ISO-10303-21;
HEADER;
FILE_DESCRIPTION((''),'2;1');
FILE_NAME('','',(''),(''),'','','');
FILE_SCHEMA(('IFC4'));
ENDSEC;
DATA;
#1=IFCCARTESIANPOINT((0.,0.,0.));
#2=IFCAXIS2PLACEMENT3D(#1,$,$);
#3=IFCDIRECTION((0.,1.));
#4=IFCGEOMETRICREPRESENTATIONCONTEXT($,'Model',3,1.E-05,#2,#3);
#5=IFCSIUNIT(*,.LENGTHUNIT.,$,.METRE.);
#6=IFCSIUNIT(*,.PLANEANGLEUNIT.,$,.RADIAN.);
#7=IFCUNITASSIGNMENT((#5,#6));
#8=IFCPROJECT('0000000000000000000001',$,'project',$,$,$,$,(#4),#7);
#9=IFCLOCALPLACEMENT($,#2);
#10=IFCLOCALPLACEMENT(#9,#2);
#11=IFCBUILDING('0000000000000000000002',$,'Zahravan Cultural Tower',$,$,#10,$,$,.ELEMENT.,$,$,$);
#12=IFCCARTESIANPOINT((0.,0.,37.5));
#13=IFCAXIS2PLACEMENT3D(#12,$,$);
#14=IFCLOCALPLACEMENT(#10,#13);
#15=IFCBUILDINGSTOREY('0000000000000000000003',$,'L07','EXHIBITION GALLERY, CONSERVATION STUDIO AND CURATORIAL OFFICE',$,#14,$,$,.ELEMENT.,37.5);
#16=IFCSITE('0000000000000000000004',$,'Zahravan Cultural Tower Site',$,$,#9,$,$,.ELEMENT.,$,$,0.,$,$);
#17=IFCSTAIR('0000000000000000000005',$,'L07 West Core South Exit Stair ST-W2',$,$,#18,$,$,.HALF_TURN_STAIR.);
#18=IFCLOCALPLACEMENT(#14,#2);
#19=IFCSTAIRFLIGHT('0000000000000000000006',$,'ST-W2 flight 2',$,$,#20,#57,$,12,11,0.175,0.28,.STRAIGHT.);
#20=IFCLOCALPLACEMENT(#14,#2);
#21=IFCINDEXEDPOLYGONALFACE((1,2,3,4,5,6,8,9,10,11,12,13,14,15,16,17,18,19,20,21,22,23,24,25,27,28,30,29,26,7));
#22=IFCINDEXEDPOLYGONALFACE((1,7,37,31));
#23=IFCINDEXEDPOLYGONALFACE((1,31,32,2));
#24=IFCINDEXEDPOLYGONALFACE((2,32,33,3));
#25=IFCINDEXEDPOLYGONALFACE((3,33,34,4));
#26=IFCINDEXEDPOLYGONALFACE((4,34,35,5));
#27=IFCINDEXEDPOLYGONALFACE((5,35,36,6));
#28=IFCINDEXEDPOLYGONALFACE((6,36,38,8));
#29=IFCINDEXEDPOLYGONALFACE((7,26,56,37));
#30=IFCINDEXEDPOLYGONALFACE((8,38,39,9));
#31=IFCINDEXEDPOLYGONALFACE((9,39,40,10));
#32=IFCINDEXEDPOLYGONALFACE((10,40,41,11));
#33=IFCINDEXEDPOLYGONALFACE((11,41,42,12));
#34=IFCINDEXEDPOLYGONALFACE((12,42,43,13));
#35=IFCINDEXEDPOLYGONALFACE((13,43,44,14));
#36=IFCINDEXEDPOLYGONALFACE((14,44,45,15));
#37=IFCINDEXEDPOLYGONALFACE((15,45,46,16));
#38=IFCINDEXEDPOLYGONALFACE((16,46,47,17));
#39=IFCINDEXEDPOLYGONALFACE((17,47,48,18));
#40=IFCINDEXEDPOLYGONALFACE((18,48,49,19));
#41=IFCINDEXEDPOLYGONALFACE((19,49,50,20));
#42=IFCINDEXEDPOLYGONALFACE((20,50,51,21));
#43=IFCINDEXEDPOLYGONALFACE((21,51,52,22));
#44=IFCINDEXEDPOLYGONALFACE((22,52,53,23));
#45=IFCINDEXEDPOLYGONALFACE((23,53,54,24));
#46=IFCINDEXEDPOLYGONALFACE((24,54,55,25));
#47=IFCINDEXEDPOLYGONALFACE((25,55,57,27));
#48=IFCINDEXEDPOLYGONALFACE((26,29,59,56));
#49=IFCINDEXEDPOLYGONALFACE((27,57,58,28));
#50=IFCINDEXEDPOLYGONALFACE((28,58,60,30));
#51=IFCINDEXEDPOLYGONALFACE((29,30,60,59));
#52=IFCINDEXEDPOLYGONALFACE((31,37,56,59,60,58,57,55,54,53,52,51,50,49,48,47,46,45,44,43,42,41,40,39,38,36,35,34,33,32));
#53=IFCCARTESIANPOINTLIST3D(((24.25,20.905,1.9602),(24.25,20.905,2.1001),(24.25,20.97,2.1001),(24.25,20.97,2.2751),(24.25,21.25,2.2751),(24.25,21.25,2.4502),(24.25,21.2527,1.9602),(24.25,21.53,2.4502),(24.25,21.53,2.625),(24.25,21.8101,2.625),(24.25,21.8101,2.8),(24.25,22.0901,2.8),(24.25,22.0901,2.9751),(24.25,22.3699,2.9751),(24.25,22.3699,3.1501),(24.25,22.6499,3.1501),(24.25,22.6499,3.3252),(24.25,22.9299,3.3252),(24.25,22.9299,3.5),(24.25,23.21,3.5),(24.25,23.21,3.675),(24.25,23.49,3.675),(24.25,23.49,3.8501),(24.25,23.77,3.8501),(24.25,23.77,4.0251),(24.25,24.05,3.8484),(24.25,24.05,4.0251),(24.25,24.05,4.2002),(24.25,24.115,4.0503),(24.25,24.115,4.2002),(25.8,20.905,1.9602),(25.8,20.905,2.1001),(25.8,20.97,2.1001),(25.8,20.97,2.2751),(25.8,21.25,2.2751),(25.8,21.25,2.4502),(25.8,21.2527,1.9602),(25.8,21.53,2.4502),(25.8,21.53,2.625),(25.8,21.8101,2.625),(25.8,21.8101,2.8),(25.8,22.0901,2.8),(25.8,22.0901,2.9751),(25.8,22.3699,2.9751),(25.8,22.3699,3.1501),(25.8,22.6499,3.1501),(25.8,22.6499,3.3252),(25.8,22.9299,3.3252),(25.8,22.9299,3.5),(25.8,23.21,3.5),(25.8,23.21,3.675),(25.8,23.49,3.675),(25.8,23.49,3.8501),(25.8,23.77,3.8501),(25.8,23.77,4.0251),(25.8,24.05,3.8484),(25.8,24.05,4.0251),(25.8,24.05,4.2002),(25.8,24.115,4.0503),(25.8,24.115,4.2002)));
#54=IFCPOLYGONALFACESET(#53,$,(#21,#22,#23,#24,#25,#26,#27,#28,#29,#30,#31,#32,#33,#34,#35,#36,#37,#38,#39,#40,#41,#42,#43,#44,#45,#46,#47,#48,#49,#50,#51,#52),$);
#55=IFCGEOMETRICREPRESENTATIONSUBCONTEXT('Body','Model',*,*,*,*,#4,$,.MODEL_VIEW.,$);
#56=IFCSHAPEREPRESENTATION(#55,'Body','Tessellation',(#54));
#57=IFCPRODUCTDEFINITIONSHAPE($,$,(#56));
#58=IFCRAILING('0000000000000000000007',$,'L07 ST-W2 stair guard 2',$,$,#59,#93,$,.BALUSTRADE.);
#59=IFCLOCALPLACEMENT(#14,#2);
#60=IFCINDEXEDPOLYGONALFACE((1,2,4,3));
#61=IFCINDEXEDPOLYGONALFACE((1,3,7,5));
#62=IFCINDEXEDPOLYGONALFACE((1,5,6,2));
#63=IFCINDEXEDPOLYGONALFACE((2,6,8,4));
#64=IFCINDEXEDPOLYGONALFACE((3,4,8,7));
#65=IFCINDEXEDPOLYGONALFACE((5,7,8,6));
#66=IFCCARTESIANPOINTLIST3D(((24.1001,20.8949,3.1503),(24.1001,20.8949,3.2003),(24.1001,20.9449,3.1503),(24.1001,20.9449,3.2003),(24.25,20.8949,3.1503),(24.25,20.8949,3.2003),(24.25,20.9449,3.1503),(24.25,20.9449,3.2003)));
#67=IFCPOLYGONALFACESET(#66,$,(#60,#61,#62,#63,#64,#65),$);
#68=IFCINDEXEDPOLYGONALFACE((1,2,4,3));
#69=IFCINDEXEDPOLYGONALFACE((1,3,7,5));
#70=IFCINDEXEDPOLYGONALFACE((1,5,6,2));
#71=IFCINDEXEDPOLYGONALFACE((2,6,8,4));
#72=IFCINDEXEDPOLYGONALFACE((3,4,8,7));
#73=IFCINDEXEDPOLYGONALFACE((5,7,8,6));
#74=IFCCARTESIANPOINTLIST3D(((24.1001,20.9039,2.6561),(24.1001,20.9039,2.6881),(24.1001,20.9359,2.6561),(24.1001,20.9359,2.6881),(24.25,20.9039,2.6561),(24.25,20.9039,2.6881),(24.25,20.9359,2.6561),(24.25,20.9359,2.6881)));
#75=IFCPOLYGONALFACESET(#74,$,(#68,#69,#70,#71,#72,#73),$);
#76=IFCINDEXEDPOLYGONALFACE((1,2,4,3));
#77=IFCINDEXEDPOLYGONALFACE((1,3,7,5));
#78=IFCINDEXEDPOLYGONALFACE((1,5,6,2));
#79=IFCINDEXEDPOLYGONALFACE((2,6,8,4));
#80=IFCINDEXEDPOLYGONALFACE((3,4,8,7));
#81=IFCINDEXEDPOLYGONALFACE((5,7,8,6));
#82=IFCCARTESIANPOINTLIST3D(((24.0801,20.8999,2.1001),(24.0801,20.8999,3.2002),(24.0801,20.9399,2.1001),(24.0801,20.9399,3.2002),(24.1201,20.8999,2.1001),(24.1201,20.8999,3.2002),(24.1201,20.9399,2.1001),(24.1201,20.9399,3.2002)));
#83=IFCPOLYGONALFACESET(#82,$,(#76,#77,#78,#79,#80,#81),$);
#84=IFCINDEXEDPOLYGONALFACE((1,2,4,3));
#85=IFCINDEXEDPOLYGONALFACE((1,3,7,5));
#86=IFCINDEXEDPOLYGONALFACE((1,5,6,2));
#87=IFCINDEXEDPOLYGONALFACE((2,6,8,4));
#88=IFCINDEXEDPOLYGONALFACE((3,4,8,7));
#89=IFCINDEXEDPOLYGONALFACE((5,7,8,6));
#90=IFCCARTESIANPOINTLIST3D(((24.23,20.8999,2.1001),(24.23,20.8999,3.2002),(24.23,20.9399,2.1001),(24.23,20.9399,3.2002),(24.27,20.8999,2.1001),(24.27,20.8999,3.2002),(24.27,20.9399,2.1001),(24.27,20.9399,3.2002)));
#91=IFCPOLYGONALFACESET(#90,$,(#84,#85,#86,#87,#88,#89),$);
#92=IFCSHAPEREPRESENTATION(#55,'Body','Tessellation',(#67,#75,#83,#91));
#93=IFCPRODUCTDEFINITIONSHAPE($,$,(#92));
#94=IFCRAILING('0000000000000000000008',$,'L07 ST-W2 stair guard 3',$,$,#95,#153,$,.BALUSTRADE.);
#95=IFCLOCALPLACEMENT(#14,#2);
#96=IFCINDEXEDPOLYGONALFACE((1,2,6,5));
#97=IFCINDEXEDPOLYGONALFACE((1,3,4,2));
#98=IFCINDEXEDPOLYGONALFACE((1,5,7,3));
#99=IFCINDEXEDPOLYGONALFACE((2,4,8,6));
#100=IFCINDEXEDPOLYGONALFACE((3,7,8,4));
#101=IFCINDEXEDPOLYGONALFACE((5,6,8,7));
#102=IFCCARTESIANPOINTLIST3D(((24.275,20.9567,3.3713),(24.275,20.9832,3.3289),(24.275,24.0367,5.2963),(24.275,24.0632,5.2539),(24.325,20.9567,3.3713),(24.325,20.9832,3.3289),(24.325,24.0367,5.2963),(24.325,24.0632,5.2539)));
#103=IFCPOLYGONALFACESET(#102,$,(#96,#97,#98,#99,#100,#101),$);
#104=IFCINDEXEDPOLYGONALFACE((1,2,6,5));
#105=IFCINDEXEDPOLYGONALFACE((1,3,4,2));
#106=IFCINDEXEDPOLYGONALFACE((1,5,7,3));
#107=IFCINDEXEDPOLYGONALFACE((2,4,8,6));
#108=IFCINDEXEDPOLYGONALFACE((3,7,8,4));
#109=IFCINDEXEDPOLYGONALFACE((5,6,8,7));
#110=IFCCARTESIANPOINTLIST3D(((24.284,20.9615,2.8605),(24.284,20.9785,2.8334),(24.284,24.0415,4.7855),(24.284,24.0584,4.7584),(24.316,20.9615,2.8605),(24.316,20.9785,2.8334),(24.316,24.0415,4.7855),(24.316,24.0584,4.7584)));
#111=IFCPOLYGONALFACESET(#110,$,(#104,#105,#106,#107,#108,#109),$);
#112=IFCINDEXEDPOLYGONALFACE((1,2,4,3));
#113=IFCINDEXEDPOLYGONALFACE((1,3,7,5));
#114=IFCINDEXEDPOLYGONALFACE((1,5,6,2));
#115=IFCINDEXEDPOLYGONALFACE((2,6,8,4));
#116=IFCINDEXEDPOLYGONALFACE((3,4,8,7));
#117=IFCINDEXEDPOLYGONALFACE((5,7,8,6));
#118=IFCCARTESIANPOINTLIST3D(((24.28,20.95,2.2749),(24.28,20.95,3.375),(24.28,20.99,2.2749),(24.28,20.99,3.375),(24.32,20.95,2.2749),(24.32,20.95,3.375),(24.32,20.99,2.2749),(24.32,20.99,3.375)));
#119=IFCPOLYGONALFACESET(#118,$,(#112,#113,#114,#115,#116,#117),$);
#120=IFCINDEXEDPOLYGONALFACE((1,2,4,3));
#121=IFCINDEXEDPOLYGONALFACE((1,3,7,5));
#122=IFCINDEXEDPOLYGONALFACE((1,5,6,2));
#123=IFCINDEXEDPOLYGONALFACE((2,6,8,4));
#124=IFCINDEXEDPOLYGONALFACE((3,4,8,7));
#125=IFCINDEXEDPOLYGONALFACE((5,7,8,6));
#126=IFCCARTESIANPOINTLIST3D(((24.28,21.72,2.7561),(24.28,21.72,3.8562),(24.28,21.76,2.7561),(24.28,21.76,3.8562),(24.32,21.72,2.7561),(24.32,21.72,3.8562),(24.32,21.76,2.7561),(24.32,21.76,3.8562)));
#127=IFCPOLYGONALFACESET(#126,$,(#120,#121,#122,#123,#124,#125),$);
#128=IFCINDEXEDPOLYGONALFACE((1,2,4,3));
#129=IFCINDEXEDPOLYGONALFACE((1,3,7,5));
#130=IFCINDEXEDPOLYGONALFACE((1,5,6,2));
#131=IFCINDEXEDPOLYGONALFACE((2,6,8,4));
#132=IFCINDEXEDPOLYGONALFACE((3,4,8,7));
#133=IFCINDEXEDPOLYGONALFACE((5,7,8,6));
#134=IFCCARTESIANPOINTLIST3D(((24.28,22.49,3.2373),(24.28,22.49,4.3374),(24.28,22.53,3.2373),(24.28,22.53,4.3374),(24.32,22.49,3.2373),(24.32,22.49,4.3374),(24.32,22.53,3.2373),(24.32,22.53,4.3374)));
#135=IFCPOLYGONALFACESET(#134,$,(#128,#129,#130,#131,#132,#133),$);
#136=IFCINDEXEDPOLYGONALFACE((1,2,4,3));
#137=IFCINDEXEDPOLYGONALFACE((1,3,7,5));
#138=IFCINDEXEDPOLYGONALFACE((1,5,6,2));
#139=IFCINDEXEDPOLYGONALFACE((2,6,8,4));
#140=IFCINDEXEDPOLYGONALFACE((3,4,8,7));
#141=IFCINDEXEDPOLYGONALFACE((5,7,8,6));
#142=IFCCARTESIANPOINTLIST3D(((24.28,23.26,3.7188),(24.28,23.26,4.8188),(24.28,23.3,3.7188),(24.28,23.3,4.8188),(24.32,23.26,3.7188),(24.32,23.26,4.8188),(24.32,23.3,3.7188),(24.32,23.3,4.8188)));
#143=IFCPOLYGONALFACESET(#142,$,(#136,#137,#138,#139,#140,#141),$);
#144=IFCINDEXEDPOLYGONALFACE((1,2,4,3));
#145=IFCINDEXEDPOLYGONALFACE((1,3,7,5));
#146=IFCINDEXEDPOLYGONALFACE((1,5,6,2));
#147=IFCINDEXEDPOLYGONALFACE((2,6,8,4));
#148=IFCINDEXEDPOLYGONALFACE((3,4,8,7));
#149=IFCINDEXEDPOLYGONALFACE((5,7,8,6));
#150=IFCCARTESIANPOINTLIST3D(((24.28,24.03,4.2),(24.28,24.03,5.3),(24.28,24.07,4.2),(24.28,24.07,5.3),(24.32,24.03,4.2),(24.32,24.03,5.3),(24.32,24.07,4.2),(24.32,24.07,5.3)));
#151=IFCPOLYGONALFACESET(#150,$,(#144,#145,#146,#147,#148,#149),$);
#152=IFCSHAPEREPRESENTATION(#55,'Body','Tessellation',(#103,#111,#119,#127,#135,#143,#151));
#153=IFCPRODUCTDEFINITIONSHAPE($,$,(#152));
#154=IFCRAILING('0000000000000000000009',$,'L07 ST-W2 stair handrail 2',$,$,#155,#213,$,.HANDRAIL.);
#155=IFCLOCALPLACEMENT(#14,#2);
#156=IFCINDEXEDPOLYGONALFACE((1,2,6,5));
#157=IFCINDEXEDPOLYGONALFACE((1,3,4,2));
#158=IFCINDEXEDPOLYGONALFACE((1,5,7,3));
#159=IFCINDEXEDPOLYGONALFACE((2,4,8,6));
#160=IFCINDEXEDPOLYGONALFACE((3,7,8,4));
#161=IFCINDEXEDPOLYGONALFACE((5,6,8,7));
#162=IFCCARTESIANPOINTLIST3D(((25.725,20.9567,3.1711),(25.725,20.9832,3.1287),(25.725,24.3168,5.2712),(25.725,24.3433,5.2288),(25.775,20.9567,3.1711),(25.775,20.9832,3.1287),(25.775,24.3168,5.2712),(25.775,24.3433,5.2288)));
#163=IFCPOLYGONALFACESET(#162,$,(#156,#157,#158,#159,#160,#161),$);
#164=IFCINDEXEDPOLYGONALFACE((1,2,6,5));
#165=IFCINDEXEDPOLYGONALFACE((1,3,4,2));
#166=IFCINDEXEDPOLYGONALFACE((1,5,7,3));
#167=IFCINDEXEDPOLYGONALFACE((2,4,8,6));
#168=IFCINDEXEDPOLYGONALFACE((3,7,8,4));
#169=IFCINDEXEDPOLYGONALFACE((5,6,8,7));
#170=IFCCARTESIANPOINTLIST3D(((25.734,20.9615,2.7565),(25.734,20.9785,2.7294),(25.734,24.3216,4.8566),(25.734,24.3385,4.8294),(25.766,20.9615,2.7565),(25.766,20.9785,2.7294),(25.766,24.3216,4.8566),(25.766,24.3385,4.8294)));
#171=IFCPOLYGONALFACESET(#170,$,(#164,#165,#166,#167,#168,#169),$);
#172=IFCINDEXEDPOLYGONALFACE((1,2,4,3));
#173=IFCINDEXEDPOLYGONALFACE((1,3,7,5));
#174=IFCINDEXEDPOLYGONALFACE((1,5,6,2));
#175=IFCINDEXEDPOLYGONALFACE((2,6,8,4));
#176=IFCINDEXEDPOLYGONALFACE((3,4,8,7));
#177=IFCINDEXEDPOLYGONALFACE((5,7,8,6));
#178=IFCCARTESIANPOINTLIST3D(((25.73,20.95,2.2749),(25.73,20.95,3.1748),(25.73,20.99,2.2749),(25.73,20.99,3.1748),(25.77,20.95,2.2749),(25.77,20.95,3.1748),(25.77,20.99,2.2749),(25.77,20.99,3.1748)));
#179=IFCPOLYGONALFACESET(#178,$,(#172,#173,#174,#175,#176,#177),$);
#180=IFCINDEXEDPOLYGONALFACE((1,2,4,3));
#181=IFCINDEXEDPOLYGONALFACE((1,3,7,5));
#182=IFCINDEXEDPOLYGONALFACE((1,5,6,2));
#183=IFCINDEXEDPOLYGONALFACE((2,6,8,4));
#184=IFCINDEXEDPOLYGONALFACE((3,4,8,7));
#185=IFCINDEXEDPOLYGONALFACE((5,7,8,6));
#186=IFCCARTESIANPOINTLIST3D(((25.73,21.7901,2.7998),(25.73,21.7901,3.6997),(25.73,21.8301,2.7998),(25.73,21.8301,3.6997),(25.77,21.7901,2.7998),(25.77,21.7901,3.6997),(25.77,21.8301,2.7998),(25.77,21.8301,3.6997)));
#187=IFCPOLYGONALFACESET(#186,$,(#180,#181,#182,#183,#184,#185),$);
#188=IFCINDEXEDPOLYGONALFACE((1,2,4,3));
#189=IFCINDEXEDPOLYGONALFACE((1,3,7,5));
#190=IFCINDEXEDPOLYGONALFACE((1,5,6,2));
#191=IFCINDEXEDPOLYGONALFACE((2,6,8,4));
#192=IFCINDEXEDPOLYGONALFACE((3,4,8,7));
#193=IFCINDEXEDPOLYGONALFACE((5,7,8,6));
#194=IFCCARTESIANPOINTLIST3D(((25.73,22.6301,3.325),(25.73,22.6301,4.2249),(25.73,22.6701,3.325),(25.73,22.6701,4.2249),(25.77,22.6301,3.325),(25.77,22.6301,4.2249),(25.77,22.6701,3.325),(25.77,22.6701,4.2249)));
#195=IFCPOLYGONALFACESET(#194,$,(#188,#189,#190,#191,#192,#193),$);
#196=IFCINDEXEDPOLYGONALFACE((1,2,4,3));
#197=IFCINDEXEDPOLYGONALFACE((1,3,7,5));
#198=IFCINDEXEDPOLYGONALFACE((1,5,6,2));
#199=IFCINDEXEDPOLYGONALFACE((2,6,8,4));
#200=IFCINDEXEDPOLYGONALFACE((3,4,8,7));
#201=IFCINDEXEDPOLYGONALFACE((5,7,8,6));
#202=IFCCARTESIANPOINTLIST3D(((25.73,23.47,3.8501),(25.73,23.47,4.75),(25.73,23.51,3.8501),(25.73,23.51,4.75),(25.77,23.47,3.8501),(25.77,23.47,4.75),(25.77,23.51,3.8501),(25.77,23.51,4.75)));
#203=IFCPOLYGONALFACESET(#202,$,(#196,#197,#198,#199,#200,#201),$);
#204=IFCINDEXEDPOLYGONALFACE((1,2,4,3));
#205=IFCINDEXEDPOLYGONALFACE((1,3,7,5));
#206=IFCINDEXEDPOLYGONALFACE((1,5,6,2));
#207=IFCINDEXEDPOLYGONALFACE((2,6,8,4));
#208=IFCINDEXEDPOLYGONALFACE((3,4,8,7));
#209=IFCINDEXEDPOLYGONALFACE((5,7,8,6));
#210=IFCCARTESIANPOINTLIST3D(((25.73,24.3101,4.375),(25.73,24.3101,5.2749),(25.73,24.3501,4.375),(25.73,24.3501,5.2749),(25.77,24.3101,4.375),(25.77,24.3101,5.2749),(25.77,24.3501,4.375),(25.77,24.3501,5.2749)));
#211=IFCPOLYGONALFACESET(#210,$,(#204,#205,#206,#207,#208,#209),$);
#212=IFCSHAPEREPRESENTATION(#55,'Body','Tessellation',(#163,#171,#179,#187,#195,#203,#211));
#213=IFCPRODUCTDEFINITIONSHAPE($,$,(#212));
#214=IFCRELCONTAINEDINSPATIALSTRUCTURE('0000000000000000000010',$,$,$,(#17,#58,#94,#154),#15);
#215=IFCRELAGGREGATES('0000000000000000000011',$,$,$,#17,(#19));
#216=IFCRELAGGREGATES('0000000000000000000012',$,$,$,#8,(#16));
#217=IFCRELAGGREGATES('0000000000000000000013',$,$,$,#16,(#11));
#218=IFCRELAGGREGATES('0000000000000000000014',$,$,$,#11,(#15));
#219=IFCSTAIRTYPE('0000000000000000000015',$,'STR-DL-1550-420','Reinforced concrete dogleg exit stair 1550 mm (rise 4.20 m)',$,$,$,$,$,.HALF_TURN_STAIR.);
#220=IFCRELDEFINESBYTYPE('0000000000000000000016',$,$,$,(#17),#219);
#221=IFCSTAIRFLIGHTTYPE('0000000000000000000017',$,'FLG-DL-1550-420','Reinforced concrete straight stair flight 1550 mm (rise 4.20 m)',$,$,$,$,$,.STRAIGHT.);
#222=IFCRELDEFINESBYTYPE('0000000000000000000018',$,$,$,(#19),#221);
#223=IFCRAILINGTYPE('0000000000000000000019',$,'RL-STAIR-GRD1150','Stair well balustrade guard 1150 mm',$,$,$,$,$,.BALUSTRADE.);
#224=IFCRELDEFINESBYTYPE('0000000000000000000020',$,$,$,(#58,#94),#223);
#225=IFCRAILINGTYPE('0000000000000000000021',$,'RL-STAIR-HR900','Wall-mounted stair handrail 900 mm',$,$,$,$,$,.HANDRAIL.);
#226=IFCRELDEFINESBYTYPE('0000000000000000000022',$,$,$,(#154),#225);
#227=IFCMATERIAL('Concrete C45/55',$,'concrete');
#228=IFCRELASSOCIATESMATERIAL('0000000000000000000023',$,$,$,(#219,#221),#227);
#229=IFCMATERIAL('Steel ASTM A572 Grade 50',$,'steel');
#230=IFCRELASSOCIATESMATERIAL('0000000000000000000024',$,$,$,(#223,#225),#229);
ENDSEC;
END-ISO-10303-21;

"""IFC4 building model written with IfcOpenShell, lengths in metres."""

from ifc_helpers import new_model, si_unit, direction, frame, origin, origin_2d, place, context, subcontext, project, spatial, polyline, rectangle, outline, extrude, material, type_object, element, aggregate, save


model = new_model("IFC4")

# Units and contexts
model_context = context("Model", 3, precision=1e-05, world=origin(), true_north=direction((0.0, 1.0)))
body_context = subcontext(model_context, "Body", "Model", "MODEL_VIEW")
ifc_project = project(units=[si_unit("LENGTHUNIT", "METRE"), si_unit("PLANEANGLEUNIT", "RADIAN")], contexts=[model_context])

# Site, building, storey
site_placement = place(None, origin())
site = spatial("IfcSite", under=ifc_project, at=site_placement, Name="Zahravan Cultural Tower Site", CompositionType="ELEMENT", RefElevation=0.0)
building_placement = place(site_placement, origin())
building = spatial("IfcBuilding", under=site, at=building_placement, Name="Zahravan Cultural Tower", CompositionType="ELEMENT")
storey_placement = place(building_placement, frame((0.0, 0.0, 37.5)))
storey = spatial("IfcBuildingStorey", under=building, at=storey_placement, Name="L07", Description="EXHIBITION GALLERY, CONSERVATION STUDIO AND CURATORIAL OFFICE", CompositionType="ELEMENT", Elevation=37.5)

# Shared definitions
ifc_material_1 = material(Name="Steel ASTM A572 Grade 50", Category="steel")

# Shared definitions
ifc_material_2 = material(Name="Concrete C45/55", Category="concrete")

# Stair, stair flight
stair_type = type_object("IfcStairType", Name="STR-DL-1550-420", Description="Reinforced concrete dogleg exit stair 1550 mm (rise 4.20 m)", PredefinedType="HALF_TURN_STAIR", material=ifc_material_2)
stair_placement = place(storey_placement, origin())
stair = element("IfcStair", 1, at=stair_placement, inside=storey, type_object=stair_type, Name="L07 West Core South Exit Stair ST-W2", PredefinedType="HALF_TURN_STAIR")
stair_flight_type = type_object("IfcStairFlightType", Name="FLG-DL-1550-420", Description="Reinforced concrete straight stair flight 1550 mm (rise 4.20 m)", PredefinedType="STRAIGHT", material=ifc_material_2)
stair_flight_placement = place(storey_placement, frame((25.0249, 20.97, 2.1001), z_axis=(0.0, 0.0, 1.0), x_axis=(0.0, 1.0, 0.0)))
stair_flight = element("IfcStairFlight", 2, at=stair_flight_placement, type_object=stair_flight_type, Name="ST-W2 flight 2", NumberOfRisers=12, NumberOfTreads=11, PredefinedType="STRAIGHT", RiserHeight=0.175, TreadLength=0.28, context=body_context, shape_type="SweptSolid", body=[
    extrude(outline(polyline([(-0.0649, -0.1399), (-0.0649, 0.0), (0.0, 0.0), (0.0, 0.175), (0.28, 0.175), (0.28, 0.3501), (0.5601, 0.3501), (0.5601, 0.5249), (0.8401, 0.5249), (0.8401, 0.7), (1.1201, 0.7), (1.1201, 0.875), (1.3999, 0.875), (1.3999, 1.05), (1.6799, 1.05), (1.6799, 1.2251), (1.96, 1.2251), (1.96, 1.3999), (2.24, 1.3999), (2.24, 1.575), (2.52, 1.575), (2.52, 1.75), (2.8, 1.75), (2.8, 1.925), (3.0801, 1.925), (3.0801, 2.1001), (3.145, 2.1001), (3.145, 1.9502), (3.0801, 1.7483), (0.2827, -0.1399), (-0.0649, -0.1399)])), frame((0.0, 0.7749, 0.0), z_axis=(0.0, -1.0, 0.0), x_axis=(1.0, 0.0, 0.0)), (0.0, 0.0, 1.0), 1.55),
])
aggregate(stair, [stair_flight])

# Railings
railing_type_1 = type_object("IfcRailingType", Name="RL-STAIR-GRD1150", Description="Stair well balustrade guard 1150 mm", PredefinedType="BALUSTRADE", material=ifc_material_1)
railing_1_placement = place(storey_placement, frame((24.1001, 20.9199, 2.1001)))
element("IfcRailing", 3, at=railing_1_placement, inside=storey, type_object=railing_type_1, Name="L07 ST-W2 stair guard 2", PredefinedType="BALUSTRADE", context=body_context, shape_type="SweptSolid", body=[
    extrude(rectangle(XDim=0.05, YDim=0.05, at=origin_2d()), frame((0.0, 0.0, 1.0752), z_axis=(1.0, 0.0, 0.0), x_axis=(0.0, 1.0, 0.0)), (0.0, 0.0, 1.0), 0.1499),
    extrude(rectangle(XDim=0.032, YDim=0.032, at=origin_2d()), frame((0.0, 0.0, 0.572), z_axis=(1.0, 0.0, 0.0), x_axis=(0.0, 1.0, 0.0)), (0.0, 0.0, 1.0), 0.1499),
    extrude(rectangle(XDim=0.04, YDim=0.04, at=origin_2d()), origin(), (0.0, 0.0, 1.0), 1.1001),
    extrude(rectangle(XDim=0.04, YDim=0.04, at=origin_2d()), frame((0.1499, 0.0, 0.0)), (0.0, 0.0, 1.0), 1.1001),
])
railing_2_placement = place(storey_placement, frame((24.3, 20.97, 2.2749)))
element("IfcRailing", 4, at=railing_2_placement, inside=storey, type_object=railing_type_1, Name="L07 ST-W2 stair guard 3", PredefinedType="BALUSTRADE", context=body_context, shape_type="SweptSolid", body=[
    extrude(rectangle(XDim=0.05, YDim=0.05, at=origin_2d()), frame((0.0, 0.0, 1.0752), z_axis=(0.0, 0.847998, 0.529999), x_axis=(-1.0, 0.0, 0.0)), (0.0, 0.0, 1.0), 3.6321),
    extrude(rectangle(XDim=0.032, YDim=0.032, at=origin_2d()), frame((0.0, 0.0, 0.572), z_axis=(0.0, 0.847998, 0.529999), x_axis=(-1.0, 0.0, 0.0)), (0.0, 0.0, 1.0), 3.6321),
    extrude(rectangle(XDim=0.04, YDim=0.04, at=origin_2d()), origin(), (0.0, 0.0, 1.0), 1.1001),
    extrude(rectangle(XDim=0.04, YDim=0.04, at=origin_2d()), frame((0.0, 0.77, 0.4812)), (0.0, 0.0, 1.0), 1.1001),
    extrude(rectangle(XDim=0.04, YDim=0.04, at=origin_2d()), frame((0.0, 1.54, 0.9624)), (0.0, 0.0, 1.0), 1.1001),
    extrude(rectangle(XDim=0.04, YDim=0.04, at=origin_2d()), frame((0.0, 2.3101, 1.4438)), (0.0, 0.0, 1.0), 1.1001),
    extrude(rectangle(XDim=0.04, YDim=0.04, at=origin_2d()), frame((0.0, 3.0801, 1.925)), (0.0, 0.0, 1.0), 1.1001),
])
railing_type_2 = type_object("IfcRailingType", Name="RL-STAIR-HR900", Description="Wall-mounted stair handrail 900 mm", PredefinedType="HANDRAIL", material=ifc_material_1)
railing_3_placement = place(storey_placement, frame((25.75, 20.97, 2.2749)))
element("IfcRailing", 5, at=railing_3_placement, inside=storey, type_object=railing_type_2, Name="L07 ST-W2 stair handrail 2", PredefinedType="HANDRAIL", context=body_context, shape_type="SweptSolid", body=[
    extrude(rectangle(XDim=0.05, YDim=0.05, at=origin_2d()), frame((0.0, 0.0, 0.875), z_axis=(0.0, 0.847995, 0.530004), x_axis=(-1.0, 0.0, 0.0)), (0.0, 0.0, 1.0), 3.9624),
    extrude(rectangle(XDim=0.032, YDim=0.032, at=origin_2d()), frame((0.0, 0.0, 0.468), z_axis=(0.0, 0.847995, 0.530004), x_axis=(-1.0, 0.0, 0.0)), (0.0, 0.0, 1.0), 3.9624),
    extrude(rectangle(XDim=0.04, YDim=0.04, at=origin_2d()), origin(), (0.0, 0.0, 1.0), 0.8999),
    extrude(rectangle(XDim=0.04, YDim=0.04, at=origin_2d()), frame((0.0, 0.8401, 0.5249)), (0.0, 0.0, 1.0), 0.8999),
    extrude(rectangle(XDim=0.04, YDim=0.04, at=origin_2d()), frame((0.0, 1.6802, 1.05)), (0.0, 0.0, 1.0), 0.8999),
    extrude(rectangle(XDim=0.04, YDim=0.04, at=origin_2d()), frame((0.0, 2.52, 1.5752)), (0.0, 0.0, 1.0), 0.8999),
    extrude(rectangle(XDim=0.04, YDim=0.04, at=origin_2d()), frame((0.0, 3.3601, 2.1001)), (0.0, 0.0, 1.0), 0.8999),
])

save(model, "model.ifc")
